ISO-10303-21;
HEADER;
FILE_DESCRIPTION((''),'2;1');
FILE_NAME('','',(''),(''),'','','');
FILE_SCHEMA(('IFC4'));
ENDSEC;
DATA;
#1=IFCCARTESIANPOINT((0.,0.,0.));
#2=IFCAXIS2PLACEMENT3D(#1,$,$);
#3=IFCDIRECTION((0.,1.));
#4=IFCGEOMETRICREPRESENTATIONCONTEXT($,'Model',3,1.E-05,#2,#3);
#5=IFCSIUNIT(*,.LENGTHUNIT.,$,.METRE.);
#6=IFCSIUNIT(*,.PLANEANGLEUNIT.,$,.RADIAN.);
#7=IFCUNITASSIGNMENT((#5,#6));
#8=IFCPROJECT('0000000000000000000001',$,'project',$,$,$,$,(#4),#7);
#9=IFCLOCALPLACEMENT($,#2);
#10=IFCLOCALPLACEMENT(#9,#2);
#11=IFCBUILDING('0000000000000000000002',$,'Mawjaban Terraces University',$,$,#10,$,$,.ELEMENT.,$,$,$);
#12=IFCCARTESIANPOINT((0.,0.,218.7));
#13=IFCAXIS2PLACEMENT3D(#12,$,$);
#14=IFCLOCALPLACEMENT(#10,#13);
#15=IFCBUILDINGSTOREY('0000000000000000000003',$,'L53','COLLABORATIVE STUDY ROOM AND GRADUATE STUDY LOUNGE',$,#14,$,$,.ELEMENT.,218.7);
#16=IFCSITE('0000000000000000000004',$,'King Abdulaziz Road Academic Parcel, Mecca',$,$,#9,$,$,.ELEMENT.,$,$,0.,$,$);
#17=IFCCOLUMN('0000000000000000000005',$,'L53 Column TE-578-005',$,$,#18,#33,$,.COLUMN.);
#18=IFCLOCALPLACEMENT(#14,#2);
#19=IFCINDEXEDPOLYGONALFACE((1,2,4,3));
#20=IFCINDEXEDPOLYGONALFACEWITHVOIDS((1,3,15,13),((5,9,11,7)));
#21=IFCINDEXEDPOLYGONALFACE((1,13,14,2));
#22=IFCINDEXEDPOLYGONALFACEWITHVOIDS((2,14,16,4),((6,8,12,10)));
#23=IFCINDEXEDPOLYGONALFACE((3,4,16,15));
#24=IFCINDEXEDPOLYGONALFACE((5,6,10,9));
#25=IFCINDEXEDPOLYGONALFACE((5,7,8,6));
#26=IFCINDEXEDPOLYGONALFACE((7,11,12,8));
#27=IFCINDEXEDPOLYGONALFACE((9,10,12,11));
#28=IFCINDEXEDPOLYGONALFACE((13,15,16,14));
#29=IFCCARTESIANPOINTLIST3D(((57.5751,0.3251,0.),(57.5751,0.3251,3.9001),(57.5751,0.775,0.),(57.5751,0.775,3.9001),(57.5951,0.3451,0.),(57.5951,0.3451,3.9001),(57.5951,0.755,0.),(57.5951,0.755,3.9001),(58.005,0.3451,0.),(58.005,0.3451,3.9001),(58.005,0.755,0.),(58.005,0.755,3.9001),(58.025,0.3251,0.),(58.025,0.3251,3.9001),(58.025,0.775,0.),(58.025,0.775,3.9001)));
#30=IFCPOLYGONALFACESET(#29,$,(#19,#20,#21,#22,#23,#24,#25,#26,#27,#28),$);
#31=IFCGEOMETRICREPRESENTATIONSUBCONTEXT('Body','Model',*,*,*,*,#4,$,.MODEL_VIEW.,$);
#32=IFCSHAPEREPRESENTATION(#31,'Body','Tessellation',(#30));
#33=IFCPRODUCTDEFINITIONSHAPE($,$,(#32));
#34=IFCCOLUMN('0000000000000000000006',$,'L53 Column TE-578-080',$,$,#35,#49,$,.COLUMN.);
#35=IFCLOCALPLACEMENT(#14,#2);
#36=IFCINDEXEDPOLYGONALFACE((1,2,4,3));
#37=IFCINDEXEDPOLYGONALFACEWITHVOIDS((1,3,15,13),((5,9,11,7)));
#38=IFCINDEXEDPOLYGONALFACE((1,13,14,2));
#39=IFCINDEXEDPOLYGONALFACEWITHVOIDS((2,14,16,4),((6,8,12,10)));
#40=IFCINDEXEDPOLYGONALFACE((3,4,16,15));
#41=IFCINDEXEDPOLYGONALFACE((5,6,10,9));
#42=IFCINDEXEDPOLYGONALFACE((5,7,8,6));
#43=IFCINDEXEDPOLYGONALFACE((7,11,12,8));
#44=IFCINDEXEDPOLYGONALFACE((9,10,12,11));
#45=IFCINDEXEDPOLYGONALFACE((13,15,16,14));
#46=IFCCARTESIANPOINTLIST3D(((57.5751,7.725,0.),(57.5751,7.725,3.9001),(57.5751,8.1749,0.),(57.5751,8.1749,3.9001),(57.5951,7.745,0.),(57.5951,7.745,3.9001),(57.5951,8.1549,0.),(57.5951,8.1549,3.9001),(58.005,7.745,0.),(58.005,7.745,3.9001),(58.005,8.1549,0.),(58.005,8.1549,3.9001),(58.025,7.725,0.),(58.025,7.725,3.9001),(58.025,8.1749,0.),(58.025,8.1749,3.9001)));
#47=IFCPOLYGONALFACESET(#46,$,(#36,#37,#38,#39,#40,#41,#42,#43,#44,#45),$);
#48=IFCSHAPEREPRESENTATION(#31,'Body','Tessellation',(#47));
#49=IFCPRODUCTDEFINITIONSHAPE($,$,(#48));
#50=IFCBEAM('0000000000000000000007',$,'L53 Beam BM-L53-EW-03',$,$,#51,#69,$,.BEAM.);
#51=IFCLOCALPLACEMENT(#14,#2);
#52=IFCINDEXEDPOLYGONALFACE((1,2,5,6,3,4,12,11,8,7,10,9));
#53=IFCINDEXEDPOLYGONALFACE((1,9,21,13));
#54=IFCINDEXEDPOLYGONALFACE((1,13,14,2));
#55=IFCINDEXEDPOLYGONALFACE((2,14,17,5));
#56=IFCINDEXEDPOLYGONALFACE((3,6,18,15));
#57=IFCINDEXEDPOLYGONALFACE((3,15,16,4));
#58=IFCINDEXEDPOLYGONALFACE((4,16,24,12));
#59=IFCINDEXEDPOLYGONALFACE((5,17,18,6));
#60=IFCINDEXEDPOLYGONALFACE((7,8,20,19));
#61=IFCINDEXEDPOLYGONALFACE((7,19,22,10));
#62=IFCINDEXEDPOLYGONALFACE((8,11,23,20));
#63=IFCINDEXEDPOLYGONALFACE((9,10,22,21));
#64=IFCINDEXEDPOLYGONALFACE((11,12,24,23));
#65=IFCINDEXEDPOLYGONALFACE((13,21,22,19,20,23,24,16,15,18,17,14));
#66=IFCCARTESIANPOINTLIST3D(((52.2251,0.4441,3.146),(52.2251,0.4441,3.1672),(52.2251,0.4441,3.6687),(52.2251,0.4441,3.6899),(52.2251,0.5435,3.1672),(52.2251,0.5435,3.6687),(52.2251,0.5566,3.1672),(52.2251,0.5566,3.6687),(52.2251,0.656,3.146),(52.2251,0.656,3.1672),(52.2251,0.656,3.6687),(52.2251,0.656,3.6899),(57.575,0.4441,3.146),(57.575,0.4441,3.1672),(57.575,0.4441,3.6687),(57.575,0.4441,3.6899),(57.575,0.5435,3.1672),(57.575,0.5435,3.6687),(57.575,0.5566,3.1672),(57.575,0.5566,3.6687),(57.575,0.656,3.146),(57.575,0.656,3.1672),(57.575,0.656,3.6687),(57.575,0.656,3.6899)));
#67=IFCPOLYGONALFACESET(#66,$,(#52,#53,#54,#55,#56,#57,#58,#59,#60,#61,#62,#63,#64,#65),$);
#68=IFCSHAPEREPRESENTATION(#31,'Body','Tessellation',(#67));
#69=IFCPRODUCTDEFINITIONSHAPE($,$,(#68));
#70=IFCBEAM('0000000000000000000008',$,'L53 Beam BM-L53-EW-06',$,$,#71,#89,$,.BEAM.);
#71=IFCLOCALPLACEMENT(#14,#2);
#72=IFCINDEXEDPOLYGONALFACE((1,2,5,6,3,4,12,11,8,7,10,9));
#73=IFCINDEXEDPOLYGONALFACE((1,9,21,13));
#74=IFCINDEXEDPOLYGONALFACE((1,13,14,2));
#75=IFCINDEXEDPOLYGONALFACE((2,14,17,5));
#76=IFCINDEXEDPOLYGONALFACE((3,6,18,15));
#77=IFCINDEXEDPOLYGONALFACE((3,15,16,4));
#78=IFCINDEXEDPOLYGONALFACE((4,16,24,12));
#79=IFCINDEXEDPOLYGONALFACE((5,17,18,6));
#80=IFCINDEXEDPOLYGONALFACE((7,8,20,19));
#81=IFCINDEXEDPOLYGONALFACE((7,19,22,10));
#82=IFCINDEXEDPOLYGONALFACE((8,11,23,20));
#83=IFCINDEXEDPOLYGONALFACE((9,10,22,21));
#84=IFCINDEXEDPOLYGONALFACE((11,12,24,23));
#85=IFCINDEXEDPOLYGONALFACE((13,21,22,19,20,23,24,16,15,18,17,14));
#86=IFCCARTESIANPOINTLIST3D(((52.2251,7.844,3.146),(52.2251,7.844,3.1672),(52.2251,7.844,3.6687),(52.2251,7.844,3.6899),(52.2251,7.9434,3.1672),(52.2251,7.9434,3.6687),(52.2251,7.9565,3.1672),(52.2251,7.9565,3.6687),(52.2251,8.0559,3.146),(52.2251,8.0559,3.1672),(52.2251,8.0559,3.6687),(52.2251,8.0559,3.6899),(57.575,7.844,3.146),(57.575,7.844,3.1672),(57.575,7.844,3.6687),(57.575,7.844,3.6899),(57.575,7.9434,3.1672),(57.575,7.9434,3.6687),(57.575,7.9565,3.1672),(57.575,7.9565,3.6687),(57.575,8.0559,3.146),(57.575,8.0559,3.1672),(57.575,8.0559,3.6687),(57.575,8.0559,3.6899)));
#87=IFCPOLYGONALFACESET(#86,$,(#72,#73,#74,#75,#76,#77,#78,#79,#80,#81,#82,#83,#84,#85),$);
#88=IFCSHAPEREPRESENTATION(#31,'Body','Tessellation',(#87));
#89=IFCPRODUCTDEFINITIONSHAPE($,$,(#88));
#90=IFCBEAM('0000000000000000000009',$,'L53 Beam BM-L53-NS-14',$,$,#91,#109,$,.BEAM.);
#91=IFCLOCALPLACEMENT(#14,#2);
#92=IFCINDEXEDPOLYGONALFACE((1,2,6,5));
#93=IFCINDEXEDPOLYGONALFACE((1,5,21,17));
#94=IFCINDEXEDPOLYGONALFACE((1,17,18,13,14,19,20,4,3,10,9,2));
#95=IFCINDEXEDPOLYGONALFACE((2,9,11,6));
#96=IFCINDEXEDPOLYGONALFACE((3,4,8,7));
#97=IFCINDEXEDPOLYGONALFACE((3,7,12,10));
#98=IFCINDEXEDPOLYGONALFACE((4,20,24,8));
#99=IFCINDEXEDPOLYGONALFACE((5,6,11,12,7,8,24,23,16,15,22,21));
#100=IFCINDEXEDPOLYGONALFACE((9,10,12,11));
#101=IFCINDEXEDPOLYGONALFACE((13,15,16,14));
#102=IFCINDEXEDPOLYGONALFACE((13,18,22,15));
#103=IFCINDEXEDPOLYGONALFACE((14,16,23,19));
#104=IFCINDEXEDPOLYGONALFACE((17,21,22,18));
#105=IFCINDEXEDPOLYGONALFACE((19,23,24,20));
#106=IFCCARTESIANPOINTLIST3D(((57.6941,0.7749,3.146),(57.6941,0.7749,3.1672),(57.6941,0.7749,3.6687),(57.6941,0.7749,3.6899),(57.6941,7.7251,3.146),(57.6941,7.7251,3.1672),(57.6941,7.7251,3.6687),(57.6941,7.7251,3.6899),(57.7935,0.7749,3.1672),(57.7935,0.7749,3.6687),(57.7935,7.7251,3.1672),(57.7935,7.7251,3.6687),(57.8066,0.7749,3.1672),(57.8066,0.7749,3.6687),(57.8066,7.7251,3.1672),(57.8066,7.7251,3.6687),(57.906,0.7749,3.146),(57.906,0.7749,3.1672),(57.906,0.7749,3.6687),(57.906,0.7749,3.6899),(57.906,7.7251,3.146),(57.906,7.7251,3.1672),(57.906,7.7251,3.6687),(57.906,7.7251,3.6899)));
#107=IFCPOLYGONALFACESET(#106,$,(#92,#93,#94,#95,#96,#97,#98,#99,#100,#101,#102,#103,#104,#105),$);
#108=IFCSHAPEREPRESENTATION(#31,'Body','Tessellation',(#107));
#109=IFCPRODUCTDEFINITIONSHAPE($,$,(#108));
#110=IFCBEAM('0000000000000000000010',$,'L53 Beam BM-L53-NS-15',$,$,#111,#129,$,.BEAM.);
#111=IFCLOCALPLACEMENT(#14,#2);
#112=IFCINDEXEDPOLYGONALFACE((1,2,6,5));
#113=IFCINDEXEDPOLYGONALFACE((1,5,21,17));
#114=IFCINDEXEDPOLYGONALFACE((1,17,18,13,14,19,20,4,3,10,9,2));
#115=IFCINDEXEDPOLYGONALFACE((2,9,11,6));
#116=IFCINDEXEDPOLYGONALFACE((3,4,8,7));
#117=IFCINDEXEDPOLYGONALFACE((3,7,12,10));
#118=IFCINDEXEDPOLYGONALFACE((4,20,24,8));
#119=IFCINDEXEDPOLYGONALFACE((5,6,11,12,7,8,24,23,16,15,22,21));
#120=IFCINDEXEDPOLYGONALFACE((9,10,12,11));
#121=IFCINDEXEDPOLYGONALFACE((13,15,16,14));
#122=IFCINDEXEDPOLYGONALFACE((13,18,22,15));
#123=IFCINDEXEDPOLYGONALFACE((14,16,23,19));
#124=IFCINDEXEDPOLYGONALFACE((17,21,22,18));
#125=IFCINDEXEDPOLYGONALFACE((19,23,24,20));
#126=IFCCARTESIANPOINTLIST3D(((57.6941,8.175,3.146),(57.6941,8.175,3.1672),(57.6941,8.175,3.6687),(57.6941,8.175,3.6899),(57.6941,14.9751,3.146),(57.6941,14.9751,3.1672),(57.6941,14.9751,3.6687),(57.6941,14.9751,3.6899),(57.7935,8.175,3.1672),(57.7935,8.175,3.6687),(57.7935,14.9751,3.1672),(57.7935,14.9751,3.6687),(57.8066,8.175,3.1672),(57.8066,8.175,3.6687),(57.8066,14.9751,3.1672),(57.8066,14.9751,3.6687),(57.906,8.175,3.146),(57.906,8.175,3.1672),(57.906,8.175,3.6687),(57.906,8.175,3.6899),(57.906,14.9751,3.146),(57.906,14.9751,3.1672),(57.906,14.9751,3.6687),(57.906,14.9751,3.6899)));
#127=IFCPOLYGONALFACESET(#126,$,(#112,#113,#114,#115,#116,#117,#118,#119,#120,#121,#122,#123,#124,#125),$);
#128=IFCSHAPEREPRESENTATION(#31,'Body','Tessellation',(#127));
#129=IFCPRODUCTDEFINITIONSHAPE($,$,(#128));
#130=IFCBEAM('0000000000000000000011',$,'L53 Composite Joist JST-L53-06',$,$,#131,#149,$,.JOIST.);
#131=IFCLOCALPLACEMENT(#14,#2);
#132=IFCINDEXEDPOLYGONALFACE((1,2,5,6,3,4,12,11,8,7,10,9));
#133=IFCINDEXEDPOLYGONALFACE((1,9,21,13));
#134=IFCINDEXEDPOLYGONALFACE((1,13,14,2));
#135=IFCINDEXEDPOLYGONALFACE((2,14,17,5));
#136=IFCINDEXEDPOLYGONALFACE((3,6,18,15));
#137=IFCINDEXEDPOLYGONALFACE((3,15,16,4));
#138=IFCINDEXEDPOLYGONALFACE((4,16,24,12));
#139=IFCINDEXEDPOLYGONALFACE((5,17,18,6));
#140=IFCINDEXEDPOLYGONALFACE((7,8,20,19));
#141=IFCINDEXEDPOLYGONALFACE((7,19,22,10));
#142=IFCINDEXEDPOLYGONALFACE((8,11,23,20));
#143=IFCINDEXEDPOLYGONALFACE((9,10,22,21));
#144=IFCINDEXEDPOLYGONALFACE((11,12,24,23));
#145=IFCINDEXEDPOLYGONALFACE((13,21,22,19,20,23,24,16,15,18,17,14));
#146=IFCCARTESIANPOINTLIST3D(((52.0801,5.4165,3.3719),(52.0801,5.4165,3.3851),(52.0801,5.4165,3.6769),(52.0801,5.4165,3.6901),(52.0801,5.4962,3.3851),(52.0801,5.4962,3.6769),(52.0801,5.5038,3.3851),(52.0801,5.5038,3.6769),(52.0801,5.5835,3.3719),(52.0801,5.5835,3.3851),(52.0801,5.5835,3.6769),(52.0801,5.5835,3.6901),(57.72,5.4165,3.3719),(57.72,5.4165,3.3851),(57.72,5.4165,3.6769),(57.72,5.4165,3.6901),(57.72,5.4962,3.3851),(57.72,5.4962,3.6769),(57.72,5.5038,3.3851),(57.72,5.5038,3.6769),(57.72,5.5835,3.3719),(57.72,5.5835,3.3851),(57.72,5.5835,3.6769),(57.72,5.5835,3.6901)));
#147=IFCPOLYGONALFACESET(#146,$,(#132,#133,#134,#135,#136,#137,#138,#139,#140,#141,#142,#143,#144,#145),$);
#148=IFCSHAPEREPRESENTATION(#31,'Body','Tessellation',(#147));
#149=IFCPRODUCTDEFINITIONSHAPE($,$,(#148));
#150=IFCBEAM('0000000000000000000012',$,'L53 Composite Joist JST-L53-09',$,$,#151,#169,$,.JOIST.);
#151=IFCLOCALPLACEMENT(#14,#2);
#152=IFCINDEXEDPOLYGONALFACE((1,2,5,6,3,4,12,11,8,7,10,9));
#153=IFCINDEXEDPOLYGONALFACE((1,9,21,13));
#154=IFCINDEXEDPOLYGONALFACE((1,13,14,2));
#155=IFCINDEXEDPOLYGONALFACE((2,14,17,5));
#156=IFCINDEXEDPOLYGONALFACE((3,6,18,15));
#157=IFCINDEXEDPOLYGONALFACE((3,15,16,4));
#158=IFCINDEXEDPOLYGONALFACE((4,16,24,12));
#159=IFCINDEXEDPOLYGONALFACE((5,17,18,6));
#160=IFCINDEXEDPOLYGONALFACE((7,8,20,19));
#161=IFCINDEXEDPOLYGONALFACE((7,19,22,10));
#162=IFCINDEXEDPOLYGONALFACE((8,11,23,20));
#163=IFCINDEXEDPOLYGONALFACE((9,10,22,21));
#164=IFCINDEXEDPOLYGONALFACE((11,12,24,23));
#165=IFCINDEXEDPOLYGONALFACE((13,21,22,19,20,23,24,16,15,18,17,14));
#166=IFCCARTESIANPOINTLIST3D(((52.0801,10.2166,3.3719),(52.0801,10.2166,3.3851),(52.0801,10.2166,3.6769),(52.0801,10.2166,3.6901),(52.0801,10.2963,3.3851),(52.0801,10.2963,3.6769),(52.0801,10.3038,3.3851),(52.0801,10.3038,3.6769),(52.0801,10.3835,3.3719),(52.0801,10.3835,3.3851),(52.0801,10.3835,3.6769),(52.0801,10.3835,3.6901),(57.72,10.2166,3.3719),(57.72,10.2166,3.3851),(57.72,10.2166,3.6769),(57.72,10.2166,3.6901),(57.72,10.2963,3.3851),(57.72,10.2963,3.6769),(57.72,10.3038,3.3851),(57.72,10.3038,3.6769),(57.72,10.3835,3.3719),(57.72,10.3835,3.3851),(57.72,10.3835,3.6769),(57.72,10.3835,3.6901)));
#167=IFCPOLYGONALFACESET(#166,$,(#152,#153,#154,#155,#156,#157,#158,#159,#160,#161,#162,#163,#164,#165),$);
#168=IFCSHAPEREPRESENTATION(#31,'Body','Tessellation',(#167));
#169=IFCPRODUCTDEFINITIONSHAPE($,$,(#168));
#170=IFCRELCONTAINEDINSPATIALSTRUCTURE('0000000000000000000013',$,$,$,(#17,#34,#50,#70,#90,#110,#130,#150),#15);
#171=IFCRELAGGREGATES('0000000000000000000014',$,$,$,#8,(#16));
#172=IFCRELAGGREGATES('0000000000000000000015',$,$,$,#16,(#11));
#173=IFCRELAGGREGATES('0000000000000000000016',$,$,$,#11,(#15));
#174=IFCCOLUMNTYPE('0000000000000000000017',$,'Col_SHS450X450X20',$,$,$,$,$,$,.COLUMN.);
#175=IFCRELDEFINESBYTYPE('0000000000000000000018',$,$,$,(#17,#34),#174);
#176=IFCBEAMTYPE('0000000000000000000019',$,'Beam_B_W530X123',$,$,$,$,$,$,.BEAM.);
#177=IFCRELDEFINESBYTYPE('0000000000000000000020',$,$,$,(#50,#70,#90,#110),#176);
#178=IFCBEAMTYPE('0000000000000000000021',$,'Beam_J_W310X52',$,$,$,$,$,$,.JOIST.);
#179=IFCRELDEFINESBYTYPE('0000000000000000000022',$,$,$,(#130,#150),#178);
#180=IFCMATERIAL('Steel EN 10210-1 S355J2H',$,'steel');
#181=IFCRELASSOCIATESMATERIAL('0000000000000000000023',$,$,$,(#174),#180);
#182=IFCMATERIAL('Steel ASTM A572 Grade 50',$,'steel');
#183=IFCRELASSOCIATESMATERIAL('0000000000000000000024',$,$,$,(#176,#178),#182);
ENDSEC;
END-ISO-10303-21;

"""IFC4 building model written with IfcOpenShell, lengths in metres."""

from ifc_helpers import new_model, si_unit, direction, frame, origin, origin_2d, place, context, subcontext, project, spatial, hollow_rectangle, i_section, extrude, material, material_profile, profile_set, type_object, element, save


model = new_model("IFC4")

# Units and contexts
model_context = context("Model", 3, precision=1e-05, world=origin(), true_north=direction((0.0, 1.0)))
body_context = subcontext(model_context, "Body", "Model", "MODEL_VIEW")
ifc_project = project(units=[si_unit("LENGTHUNIT", "METRE"), si_unit("PLANEANGLEUNIT", "RADIAN")], contexts=[model_context])

# Site, building, storey
site_placement = place(None, origin())
site = spatial("IfcSite", under=ifc_project, at=site_placement, Name="King Abdulaziz Road Academic Parcel, Mecca", CompositionType="ELEMENT", RefElevation=0.0)
building_placement = place(site_placement, origin())
building = spatial("IfcBuilding", under=site, at=building_placement, Name="Mawjaban Terraces University", CompositionType="ELEMENT")
storey_placement = place(building_placement, frame((0.0, 0.0, 218.7)))
storey = spatial("IfcBuildingStorey", under=building, at=storey_placement, Name="L53", Description="COLLABORATIVE STUDY ROOM AND GRADUATE STUDY LOUNGE", CompositionType="ELEMENT", Elevation=218.7)

# Columns
ifc_material_1 = material(Name="Steel EN 10210-1 S355J2H", Category="steel")
ifc_material_profile_1 = material_profile(ifc_material_1, hollow_rectangle(XDim=0.45, YDim=0.45, WallThickness=0.02, at=origin_2d()), Name="SHS450X450X20")
ifc_profile_set_1 = profile_set([ifc_material_profile_1], Name="Steel EN 10210-1 S355J2H")
column_type = type_object("IfcColumnType", Name="Col_SHS450X450X20", PredefinedType="COLUMN", material=ifc_profile_set_1)
for number, where, z_axis, x_axis, name in (
    (1, (57.8, 0.55, 0.0), (0.0, 0.0, 1.0), (1.0, 0.0, 0.0), "L53 Column TE-578-005"),
    (2, (57.8, 7.95, 0.0), (0.0, 0.0, 1.0), (1.0, 0.0, 0.0), "L53 Column TE-578-080"),
):
    element("IfcColumn", number, at=place(storey_placement, frame(where, z_axis=z_axis, x_axis=x_axis)), inside=storey, type_object=column_type, Name=name, PredefinedType="COLUMN", context=body_context, shape_type="SweptSolid", body=[
        extrude(hollow_rectangle(XDim=0.45, YDim=0.45, WallThickness=0.02, at=origin_2d()), origin(), (0.0, 0.0, 1.0), 3.9001),
    ])

# Beams
ifc_material_2 = material(Name="Steel ASTM A572 Grade 50", Category="steel")
ifc_material_profile_2 = material_profile(ifc_material_2, i_section(OverallWidth=0.2119, OverallDepth=0.5439, WebThickness=0.0132, FlangeThickness=0.0212, at=origin_2d()), Name="W530X123")
ifc_profile_set_2 = profile_set([ifc_material_profile_2], Name="Steel ASTM A572 Grade 50")
beam_type_1 = type_object("IfcBeamType", Name="Beam_B_W530X123", PredefinedType="BEAM", material=ifc_profile_set_2)
for number, where, z_axis, x_axis, name in (
    (3, (52.2251, 0.55, 3.418), (1.0, 0.0, 0.0), (0.0, 1.0, 0.0), "L53 Beam BM-L53-EW-03"),
    (4, (52.2251, 7.95, 3.418), (1.0, 0.0, 0.0), (0.0, 1.0, 0.0), "L53 Beam BM-L53-EW-06"),
):
    element("IfcBeam", number, at=place(storey_placement, frame(where, z_axis=z_axis, x_axis=x_axis)), inside=storey, type_object=beam_type_1, Name=name, PredefinedType="BEAM", context=body_context, shape_type="SweptSolid", body=[
        extrude(i_section(OverallWidth=0.2119, OverallDepth=0.5439, WebThickness=0.0132, FlangeThickness=0.0212, at=origin_2d()), origin(), (0.0, 0.0, 1.0), 5.3499),
    ])
beam_1_placement = place(storey_placement, frame((57.8, 0.7749, 3.418), z_axis=(0.0, 1.0, 0.0), x_axis=(-1.0, 0.0, 0.0)))
element("IfcBeam", 5, at=beam_1_placement, inside=storey, type_object=beam_type_1, Name="L53 Beam BM-L53-NS-14", PredefinedType="BEAM", context=body_context, shape_type="SweptSolid", body=[
    extrude(i_section(OverallWidth=0.2119, OverallDepth=0.5439, WebThickness=0.0132, FlangeThickness=0.0212, at=origin_2d()), origin(), (0.0, 0.0, 1.0), 6.9502),
])
beam_2_placement = place(storey_placement, frame((57.8, 8.175, 3.418), z_axis=(0.0, 1.0, 0.0), x_axis=(-1.0, 0.0, 0.0)))
element("IfcBeam", 6, at=beam_2_placement, inside=storey, type_object=beam_type_1, Name="L53 Beam BM-L53-NS-15", PredefinedType="BEAM", context=body_context, shape_type="SweptSolid", body=[
    extrude(i_section(OverallWidth=0.2119, OverallDepth=0.5439, WebThickness=0.0132, FlangeThickness=0.0212, at=origin_2d()), origin(), (0.0, 0.0, 1.0), 6.8),
])
ifc_material_profile_3 = material_profile(ifc_material_2, i_section(OverallWidth=0.167, OverallDepth=0.3181, WebThickness=0.0076, FlangeThickness=0.0132, at=origin_2d()), Name="W310X52")
ifc_profile_set_3 = profile_set([ifc_material_profile_3], Name="Steel ASTM A572 Grade 50")
beam_type_2 = type_object("IfcBeamType", Name="Beam_J_W310X52", PredefinedType="JOIST", material=ifc_profile_set_3)
for number, where, z_axis, x_axis, name in (
    (7, (52.0801, 5.5, 3.531), (1.0, 0.0, 0.0), (0.0, 1.0, 0.0), "L53 Composite Joist JST-L53-06"),
    (8, (52.0801, 10.3, 3.531), (1.0, 0.0, 0.0), (0.0, 1.0, 0.0), "L53 Composite Joist JST-L53-09"),
):
    element("IfcBeam", number, at=place(storey_placement, frame(where, z_axis=z_axis, x_axis=x_axis)), inside=storey, type_object=beam_type_2, Name=name, PredefinedType="JOIST", context=body_context, shape_type="SweptSolid", body=[
        extrude(i_section(OverallWidth=0.167, OverallDepth=0.3181, WebThickness=0.0076, FlangeThickness=0.0132, at=origin_2d()), origin(), (0.0, 0.0, 1.0), 5.6399),
    ])

save(model, "model.ifc")
